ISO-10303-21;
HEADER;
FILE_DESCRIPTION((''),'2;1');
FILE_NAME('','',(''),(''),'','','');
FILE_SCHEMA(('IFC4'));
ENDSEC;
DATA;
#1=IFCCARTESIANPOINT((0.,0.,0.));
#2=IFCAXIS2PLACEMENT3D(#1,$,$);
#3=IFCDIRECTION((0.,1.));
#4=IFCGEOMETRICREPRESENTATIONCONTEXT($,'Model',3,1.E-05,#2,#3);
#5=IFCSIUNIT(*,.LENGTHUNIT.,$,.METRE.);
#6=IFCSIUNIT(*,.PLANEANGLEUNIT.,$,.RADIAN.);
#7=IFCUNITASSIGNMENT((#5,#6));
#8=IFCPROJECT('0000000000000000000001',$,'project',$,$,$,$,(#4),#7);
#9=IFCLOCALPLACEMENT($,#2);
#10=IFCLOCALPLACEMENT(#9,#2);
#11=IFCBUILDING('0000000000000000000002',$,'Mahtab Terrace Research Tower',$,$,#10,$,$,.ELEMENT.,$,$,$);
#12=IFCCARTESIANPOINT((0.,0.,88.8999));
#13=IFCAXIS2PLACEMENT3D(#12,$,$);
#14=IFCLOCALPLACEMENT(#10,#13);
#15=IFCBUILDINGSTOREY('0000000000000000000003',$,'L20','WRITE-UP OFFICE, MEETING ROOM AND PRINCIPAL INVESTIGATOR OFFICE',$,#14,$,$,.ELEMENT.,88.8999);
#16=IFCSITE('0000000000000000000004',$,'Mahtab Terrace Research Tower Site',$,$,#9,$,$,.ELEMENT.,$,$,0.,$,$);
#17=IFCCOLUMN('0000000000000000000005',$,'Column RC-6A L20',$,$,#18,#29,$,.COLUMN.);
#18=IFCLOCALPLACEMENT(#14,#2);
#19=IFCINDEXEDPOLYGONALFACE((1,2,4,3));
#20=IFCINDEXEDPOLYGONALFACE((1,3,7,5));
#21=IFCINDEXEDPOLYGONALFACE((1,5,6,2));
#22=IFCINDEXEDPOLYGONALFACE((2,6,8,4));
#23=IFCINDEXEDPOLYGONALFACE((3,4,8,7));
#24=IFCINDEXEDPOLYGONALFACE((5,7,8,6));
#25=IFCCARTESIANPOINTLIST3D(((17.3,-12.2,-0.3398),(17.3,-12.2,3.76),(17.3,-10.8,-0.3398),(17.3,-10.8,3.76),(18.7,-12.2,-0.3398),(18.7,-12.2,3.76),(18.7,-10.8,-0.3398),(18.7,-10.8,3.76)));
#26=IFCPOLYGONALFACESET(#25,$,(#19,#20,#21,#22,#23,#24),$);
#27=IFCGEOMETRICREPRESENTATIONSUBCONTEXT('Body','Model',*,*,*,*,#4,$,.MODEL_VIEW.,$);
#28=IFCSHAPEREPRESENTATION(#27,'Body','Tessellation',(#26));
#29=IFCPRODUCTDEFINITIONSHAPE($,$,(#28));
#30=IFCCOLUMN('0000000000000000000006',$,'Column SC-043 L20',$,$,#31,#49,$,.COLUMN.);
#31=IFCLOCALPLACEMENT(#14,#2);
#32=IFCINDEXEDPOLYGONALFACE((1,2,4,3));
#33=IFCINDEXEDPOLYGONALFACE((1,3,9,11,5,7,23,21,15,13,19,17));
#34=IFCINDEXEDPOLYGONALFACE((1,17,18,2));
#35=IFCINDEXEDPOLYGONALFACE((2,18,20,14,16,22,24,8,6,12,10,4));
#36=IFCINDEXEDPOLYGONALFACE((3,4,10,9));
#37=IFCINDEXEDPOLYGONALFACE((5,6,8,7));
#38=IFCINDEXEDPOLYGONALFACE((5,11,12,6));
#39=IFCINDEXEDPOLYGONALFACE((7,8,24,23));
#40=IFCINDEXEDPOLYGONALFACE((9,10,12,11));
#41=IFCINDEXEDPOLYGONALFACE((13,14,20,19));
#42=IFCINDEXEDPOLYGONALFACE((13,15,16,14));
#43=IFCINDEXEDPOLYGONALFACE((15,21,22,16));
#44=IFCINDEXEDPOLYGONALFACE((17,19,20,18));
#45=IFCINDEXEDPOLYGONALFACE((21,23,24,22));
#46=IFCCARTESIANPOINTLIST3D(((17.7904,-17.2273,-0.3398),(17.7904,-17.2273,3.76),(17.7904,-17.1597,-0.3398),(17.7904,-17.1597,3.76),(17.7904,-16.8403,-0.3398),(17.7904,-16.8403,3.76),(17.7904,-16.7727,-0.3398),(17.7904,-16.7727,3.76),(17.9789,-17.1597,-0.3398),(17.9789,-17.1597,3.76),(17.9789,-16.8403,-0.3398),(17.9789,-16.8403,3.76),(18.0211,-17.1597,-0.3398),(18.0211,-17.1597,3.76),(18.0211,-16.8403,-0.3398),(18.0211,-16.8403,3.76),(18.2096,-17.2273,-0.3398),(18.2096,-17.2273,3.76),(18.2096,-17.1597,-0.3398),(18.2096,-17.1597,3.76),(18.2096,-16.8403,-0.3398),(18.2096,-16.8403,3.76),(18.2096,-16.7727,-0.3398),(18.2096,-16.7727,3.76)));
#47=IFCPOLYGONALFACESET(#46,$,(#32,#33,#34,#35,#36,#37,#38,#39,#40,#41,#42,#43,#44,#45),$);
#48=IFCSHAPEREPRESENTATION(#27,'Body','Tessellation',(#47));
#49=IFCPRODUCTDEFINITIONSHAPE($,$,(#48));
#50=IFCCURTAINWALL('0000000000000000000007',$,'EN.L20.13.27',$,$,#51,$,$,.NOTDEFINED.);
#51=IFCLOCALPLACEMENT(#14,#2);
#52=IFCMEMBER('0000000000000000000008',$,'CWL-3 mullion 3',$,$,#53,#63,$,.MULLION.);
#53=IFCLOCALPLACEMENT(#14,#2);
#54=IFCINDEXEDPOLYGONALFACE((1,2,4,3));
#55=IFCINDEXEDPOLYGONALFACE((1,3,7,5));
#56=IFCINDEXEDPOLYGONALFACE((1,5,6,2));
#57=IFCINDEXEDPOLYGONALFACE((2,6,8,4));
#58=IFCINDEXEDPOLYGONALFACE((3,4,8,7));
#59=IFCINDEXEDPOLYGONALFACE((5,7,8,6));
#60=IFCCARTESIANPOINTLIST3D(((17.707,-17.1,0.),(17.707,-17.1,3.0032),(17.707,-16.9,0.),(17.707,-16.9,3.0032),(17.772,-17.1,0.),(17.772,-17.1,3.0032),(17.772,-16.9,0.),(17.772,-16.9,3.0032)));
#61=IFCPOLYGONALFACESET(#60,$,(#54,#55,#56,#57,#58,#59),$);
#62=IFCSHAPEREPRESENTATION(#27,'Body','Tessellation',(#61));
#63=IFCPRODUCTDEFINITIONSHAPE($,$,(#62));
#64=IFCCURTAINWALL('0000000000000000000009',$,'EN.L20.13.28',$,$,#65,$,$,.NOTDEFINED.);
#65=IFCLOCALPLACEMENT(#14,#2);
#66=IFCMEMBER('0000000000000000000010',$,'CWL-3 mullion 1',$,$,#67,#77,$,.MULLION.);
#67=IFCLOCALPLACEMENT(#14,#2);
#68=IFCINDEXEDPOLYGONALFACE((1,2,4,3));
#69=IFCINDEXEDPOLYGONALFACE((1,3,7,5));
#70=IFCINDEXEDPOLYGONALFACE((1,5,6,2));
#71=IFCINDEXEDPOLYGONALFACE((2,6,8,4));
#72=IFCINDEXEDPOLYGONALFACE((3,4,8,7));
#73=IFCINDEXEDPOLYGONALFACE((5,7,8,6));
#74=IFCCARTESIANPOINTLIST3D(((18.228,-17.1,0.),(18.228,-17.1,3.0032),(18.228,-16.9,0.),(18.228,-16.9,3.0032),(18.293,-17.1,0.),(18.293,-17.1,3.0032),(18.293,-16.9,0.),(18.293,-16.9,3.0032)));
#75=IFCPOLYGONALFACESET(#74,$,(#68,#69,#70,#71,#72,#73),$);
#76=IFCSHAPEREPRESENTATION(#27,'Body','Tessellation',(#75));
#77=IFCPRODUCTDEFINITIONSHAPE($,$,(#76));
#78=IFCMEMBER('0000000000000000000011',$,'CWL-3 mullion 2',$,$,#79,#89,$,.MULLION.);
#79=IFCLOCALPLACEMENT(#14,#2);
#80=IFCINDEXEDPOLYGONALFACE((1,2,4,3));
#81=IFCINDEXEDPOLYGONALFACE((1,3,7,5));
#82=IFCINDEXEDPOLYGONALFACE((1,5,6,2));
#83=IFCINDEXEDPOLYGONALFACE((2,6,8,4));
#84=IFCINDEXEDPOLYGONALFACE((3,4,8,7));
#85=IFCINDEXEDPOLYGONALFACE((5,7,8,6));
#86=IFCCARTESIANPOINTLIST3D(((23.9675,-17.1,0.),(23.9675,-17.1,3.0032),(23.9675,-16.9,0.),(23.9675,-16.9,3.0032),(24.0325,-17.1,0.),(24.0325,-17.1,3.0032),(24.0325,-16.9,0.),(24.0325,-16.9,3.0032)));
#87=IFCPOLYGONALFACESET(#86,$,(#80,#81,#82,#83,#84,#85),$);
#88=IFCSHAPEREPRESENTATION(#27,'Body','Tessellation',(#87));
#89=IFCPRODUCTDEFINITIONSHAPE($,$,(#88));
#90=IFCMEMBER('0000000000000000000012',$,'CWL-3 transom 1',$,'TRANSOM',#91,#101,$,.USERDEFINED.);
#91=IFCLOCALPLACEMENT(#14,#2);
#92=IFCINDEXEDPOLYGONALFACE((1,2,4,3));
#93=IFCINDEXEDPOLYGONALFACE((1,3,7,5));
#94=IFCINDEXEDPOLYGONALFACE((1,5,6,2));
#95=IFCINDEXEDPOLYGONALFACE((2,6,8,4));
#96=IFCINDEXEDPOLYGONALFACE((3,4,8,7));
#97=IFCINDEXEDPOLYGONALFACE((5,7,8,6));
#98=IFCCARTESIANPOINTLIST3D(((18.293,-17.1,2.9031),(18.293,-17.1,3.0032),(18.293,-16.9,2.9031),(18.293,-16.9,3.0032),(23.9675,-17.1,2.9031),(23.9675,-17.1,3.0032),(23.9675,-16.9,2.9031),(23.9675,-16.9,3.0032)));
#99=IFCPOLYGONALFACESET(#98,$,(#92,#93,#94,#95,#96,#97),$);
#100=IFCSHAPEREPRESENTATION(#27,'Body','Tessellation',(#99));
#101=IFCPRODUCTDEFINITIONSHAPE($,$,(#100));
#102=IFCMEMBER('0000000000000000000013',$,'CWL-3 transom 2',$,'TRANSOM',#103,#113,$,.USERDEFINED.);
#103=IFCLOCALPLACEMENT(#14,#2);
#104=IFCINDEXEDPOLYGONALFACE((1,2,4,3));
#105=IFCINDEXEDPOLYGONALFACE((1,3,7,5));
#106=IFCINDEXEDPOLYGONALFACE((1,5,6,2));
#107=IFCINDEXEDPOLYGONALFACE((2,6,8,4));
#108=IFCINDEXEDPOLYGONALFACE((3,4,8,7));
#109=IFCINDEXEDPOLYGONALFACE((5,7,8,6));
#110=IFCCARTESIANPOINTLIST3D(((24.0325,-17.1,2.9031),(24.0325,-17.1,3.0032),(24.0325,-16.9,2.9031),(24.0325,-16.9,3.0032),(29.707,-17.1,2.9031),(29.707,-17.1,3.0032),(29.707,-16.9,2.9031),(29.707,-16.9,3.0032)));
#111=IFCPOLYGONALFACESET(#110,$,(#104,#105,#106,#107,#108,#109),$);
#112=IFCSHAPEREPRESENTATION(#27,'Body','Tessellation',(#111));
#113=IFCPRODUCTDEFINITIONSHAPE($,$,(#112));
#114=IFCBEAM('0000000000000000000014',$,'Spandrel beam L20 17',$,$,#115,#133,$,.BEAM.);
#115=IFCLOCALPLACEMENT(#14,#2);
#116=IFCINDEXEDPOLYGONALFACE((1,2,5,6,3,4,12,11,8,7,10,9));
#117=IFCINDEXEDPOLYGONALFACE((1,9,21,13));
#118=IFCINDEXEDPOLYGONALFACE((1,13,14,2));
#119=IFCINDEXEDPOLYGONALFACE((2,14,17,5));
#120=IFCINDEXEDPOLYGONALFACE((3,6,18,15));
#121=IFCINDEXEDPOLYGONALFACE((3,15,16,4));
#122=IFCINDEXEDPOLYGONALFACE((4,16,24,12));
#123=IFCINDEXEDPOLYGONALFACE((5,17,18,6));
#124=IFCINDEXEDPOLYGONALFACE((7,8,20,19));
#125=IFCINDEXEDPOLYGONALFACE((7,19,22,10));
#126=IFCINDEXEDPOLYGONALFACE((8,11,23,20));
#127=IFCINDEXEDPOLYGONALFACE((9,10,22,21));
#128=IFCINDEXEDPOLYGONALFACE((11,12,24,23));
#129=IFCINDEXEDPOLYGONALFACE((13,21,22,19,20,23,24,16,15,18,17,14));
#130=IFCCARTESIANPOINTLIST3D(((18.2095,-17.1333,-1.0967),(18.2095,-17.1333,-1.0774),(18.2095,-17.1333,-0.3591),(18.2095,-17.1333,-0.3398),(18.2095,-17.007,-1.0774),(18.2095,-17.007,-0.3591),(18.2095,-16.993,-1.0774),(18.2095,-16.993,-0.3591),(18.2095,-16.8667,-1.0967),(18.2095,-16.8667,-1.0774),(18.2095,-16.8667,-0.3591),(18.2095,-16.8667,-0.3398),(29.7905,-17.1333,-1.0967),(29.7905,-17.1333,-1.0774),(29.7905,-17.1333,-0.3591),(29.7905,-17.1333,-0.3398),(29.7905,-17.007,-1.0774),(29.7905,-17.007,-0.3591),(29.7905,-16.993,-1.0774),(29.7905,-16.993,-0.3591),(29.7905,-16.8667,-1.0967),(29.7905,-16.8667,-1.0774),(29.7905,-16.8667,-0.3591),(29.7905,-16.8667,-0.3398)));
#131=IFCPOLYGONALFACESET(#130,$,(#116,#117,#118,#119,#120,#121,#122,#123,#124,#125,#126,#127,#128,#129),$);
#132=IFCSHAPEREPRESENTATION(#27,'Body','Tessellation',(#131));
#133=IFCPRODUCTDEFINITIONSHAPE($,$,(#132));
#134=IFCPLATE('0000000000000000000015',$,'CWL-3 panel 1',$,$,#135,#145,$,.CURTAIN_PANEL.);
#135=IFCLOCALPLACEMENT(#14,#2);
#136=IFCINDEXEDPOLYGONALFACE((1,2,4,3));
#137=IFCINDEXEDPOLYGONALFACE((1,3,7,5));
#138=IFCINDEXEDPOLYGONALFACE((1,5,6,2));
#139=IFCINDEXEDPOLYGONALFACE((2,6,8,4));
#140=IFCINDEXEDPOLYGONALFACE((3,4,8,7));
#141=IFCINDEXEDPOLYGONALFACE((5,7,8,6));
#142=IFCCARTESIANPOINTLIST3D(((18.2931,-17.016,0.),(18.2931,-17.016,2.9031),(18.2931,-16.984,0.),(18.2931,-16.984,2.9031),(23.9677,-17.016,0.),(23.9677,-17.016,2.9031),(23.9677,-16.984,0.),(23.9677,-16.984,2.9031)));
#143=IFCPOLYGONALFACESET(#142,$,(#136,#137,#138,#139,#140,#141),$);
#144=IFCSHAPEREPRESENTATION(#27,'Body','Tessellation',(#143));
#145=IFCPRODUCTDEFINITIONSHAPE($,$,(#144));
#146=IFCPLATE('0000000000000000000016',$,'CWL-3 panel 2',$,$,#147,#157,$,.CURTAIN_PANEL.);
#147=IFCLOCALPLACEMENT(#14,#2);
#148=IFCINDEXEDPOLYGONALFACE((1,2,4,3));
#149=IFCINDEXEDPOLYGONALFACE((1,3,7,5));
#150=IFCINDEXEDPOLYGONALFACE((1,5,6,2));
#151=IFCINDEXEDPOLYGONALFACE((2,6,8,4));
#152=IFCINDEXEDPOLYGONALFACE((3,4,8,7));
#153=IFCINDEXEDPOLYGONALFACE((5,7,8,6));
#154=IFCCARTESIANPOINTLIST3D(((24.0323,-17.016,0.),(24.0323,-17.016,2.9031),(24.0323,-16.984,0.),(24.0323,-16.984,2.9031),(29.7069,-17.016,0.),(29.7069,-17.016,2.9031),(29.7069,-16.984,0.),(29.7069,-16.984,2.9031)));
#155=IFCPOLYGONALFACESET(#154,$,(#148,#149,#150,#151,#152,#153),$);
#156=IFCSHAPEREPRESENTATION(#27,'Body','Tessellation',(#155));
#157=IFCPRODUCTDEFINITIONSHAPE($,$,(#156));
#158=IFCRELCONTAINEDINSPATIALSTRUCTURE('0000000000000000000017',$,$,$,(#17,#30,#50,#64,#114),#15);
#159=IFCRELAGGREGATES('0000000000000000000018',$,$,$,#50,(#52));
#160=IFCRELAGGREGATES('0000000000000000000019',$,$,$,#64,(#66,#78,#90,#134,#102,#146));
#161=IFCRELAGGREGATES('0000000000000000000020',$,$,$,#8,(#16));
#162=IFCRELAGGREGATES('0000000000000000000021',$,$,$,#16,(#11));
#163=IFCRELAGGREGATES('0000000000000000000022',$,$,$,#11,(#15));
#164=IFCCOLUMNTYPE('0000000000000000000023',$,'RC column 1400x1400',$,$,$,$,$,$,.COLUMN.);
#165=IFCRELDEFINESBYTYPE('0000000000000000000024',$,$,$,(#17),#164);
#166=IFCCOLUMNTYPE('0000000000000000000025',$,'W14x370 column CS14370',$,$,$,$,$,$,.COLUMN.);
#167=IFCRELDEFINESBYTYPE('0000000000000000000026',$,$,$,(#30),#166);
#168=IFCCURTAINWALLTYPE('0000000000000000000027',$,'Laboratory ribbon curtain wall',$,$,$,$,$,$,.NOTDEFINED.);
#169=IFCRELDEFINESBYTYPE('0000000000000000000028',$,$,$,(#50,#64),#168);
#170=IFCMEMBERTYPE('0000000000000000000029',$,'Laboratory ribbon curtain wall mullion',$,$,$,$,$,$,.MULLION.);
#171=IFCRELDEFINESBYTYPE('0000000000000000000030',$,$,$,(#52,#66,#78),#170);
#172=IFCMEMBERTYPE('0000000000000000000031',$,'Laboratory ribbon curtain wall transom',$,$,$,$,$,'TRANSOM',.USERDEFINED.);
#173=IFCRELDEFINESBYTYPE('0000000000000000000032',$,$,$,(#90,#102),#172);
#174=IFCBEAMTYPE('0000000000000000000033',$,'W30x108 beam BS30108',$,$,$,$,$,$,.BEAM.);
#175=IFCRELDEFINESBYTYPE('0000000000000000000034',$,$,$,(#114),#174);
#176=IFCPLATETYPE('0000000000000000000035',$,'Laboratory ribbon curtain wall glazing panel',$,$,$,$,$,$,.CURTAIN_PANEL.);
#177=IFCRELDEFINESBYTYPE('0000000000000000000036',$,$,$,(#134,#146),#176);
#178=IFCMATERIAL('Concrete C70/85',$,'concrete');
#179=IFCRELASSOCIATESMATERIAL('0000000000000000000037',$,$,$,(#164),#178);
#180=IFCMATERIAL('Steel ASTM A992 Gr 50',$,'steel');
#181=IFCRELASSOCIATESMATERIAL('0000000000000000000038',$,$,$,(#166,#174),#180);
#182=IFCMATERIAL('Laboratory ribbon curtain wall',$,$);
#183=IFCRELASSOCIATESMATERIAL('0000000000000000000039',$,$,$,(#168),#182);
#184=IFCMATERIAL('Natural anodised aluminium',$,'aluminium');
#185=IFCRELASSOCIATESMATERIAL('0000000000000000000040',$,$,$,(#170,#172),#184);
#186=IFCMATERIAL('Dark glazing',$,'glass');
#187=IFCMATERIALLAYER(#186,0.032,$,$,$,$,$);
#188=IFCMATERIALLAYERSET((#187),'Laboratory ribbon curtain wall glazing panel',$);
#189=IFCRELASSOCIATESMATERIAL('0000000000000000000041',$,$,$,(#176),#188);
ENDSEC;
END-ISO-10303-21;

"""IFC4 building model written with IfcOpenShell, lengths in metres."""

from ifc_helpers import new_model, si_unit, direction, frame, origin, origin_2d, place, context, subcontext, project, spatial, rectangle, i_section, extrude, material, layer, layer_set, material_profile, profile_set, type_object, element, aggregate, save


model = new_model("IFC4")

# Units and contexts
model_context = context("Model", 3, precision=1e-05, world=origin(), true_north=direction((0.0, 1.0)))
body_context = subcontext(model_context, "Body", "Model", "MODEL_VIEW")
ifc_project = project(units=[si_unit("LENGTHUNIT", "METRE"), si_unit("PLANEANGLEUNIT", "RADIAN")], contexts=[model_context])

# Site, building, storey
site_placement = place(None, origin())
site = spatial("IfcSite", under=ifc_project, at=site_placement, Name="Mahtab Terrace Research Tower Site", CompositionType="ELEMENT", RefElevation=0.0)
building_placement = place(site_placement, origin())
building = spatial("IfcBuilding", under=site, at=building_placement, Name="Mahtab Terrace Research Tower", CompositionType="ELEMENT")
storey_placement = place(building_placement, frame((0.0, 0.0, 88.8999)))
storey = spatial("IfcBuildingStorey", under=building, at=storey_placement, Name="L20", Description="WRITE-UP OFFICE, MEETING ROOM AND PRINCIPAL INVESTIGATOR OFFICE", CompositionType="ELEMENT", Elevation=88.8999)

# Columns
ifc_material_1 = material(Name="Concrete C70/85", Category="concrete")
ifc_material_profile_1 = material_profile(ifc_material_1, rectangle(XDim=1.3999, YDim=1.3999, at=origin_2d()), Name="RC column 1400x1400")
ifc_profile_set_1 = profile_set([ifc_material_profile_1], Name="Concrete C70/85")
column_type_1 = type_object("IfcColumnType", Name="RC column 1400x1400", PredefinedType="COLUMN", material=ifc_profile_set_1)
column_1_placement = place(storey_placement, frame((18.0, -11.5, -0.3398), z_axis=(0.0, 0.0, 1.0), x_axis=(1.0, 0.0, 0.0)))
element("IfcColumn", 1, at=column_1_placement, inside=storey, type_object=column_type_1, Name="Column RC-6A L20", PredefinedType="COLUMN", context=body_context, shape_type="SweptSolid", body=[
    extrude(rectangle(XDim=1.3999, YDim=1.3999, at=origin_2d()), origin(), (0.0, 0.0, 1.0), 4.0999),
])
ifc_material_2 = material(Name="Steel ASTM A992 Gr 50", Category="steel")
ifc_material_profile_2 = material_profile(ifc_material_2, i_section(OverallWidth=0.4192, OverallDepth=0.4546, WebThickness=0.0422, FlangeThickness=0.0676, at=origin_2d()), Name="W14X370")
ifc_profile_set_2 = profile_set([ifc_material_profile_2], Name="Steel ASTM A992 Gr 50")
column_type_2 = type_object("IfcColumnType", Name="W14x370 column CS14370", PredefinedType="COLUMN", material=ifc_profile_set_2)
column_2_placement = place(storey_placement, frame((18.0, -17.0, -0.3398), z_axis=(0.0, 0.0, 1.0), x_axis=(1.0, 0.0, 0.0)))
element("IfcColumn", 2, at=column_2_placement, inside=storey, type_object=column_type_2, Name="Column SC-043 L20", PredefinedType="COLUMN", context=body_context, shape_type="SweptSolid", body=[
    extrude(i_section(OverallWidth=0.4192, OverallDepth=0.4546, WebThickness=0.0422, FlangeThickness=0.0676, at=origin_2d()), origin(), (0.0, 0.0, 1.0), 4.0999),
])

# Curtain wall, member
ifc_material_3 = material(Name="Laboratory ribbon curtain wall")
curtain_wall_type = type_object("IfcCurtainWallType", Name="Laboratory ribbon curtain wall", PredefinedType="NOTDEFINED", material=ifc_material_3)
curtain_wall_1_placement = place(storey_placement, origin())
curtain_wall_1 = element("IfcCurtainWall", 3, at=curtain_wall_1_placement, inside=storey, type_object=curtain_wall_type, Name="EN.L20.13.27", PredefinedType="NOTDEFINED")
ifc_material_4 = material(Name="Natural anodised aluminium", Category="aluminium")
ifc_material_profile_3 = material_profile(ifc_material_4, rectangle(XDim=0.2, YDim=0.0649, at=origin_2d()), Name="MULLION 65x200")
ifc_profile_set_3 = profile_set([ifc_material_profile_3], Name="Natural anodised aluminium")
member_type_1 = type_object("IfcMemberType", Name="Laboratory ribbon curtain wall mullion", PredefinedType="MULLION", material=ifc_profile_set_3)
member_1_placement = place(storey_placement, frame((17.7395, -17.0, 0.0), z_axis=(0.0, 0.0, 1.0), x_axis=(0.0, 1.0, 0.0)))
member_1 = element("IfcMember", 4, at=member_1_placement, type_object=member_type_1, Name="CWL-3 mullion 3", PredefinedType="MULLION", context=body_context, shape_type="SweptSolid", body=[
    extrude(rectangle(XDim=0.2, YDim=0.0649, at=origin_2d()), origin(), (0.0, 0.0, 1.0), 3.0032),
])
aggregate(curtain_wall_1, [member_1])

# Curtain wall, members
curtain_wall_2_placement = place(storey_placement, origin())
curtain_wall_2 = element("IfcCurtainWall", 5, at=curtain_wall_2_placement, inside=storey, type_object=curtain_wall_type, Name="EN.L20.13.28", PredefinedType="NOTDEFINED")
member_2_placement = place(storey_placement, frame((18.2605, -17.0, 0.0), z_axis=(0.0, 0.0, 1.0), x_axis=(0.0, 1.0, 0.0)))
member_2 = element("IfcMember", 6, at=member_2_placement, type_object=member_type_1, Name="CWL-3 mullion 1", PredefinedType="MULLION", context=body_context, shape_type="SweptSolid", body=[
    extrude(rectangle(XDim=0.2, YDim=0.0649, at=origin_2d()), origin(), (0.0, 0.0, 1.0), 3.0032),
])
member_3_placement = place(storey_placement, frame((24.0, -17.0, 0.0), z_axis=(0.0, 0.0, 1.0), x_axis=(0.0, 1.0, 0.0)))
member_3 = element("IfcMember", 7, at=member_3_placement, type_object=member_type_1, Name="CWL-3 mullion 2", PredefinedType="MULLION", context=body_context, shape_type="SweptSolid", body=[
    extrude(rectangle(XDim=0.2, YDim=0.0649, at=origin_2d()), origin(), (0.0, 0.0, 1.0), 3.0032),
])
ifc_material_profile_4 = material_profile(ifc_material_4, rectangle(XDim=0.2, YDim=0.1001, at=origin_2d()), Name="TRANSOM 100x200")
ifc_profile_set_4 = profile_set([ifc_material_profile_4], Name="Natural anodised aluminium")
member_type_2 = type_object("IfcMemberType", Name="Laboratory ribbon curtain wall transom", ElementType="TRANSOM", PredefinedType="USERDEFINED", material=ifc_profile_set_4)
member_4_placement = place(storey_placement, frame((18.293, -17.0, 2.9531), z_axis=(1.0, 0.0, 0.0), x_axis=(0.0, 1.0, 0.0)))
member_4 = element("IfcMember", 8, at=member_4_placement, type_object=member_type_2, Name="CWL-3 transom 1", ObjectType="TRANSOM", PredefinedType="USERDEFINED", context=body_context, shape_type="SweptSolid", body=[
    extrude(rectangle(XDim=0.2, YDim=0.1001, at=origin_2d()), origin(), (0.0, 0.0, 1.0), 5.6746),
])
member_5_placement = place(storey_placement, frame((24.0325, -17.0, 2.9531), z_axis=(1.0, 0.0, 0.0), x_axis=(0.0, 1.0, 0.0)))
member_5 = element("IfcMember", 9, at=member_5_placement, type_object=member_type_2, Name="CWL-3 transom 2", ObjectType="TRANSOM", PredefinedType="USERDEFINED", context=body_context, shape_type="SweptSolid", body=[
    extrude(rectangle(XDim=0.2, YDim=0.1001, at=origin_2d()), origin(), (0.0, 0.0, 1.0), 5.6746),
])

# Beam
ifc_material_profile_5 = material_profile(ifc_material_2, i_section(OverallWidth=0.2666, OverallDepth=0.7568, WebThickness=0.0139, FlangeThickness=0.0193, at=origin_2d()), Name="W30X108")
ifc_profile_set_5 = profile_set([ifc_material_profile_5], Name="Steel ASTM A992 Gr 50")
beam_type = type_object("IfcBeamType", Name="W30x108 beam BS30108", PredefinedType="BEAM", material=ifc_profile_set_5)
beam_placement = place(storey_placement, frame((18.2095, -17.0, -0.7183), z_axis=(1.0, 0.0, 0.0), x_axis=(0.0, 1.0, 0.0)))
element("IfcBeam", 10, at=beam_placement, inside=storey, type_object=beam_type, Name="Spandrel beam L20 17", PredefinedType="BEAM", context=body_context, shape_type="SweptSolid", body=[
    extrude(i_section(OverallWidth=0.2666, OverallDepth=0.7568, WebThickness=0.0139, FlangeThickness=0.0193, at=origin_2d()), origin(), (0.0, 0.0, 1.0), 11.5811),
])

# Plates
ifc_material_5 = material(Name="Dark glazing", Category="glass")
ifc_layer_1 = layer(ifc_material_5, 0.032)
ifc_layer_set_1 = layer_set([ifc_layer_1], Name="Laboratory ribbon curtain wall glazing panel")
plate_type = type_object("IfcPlateType", Name="Laboratory ribbon curtain wall glazing panel", PredefinedType="CURTAIN_PANEL", material=ifc_layer_set_1)
plate_1_placement = place(storey_placement, frame((21.1304, -17.0, 0.0), z_axis=(0.0, 0.0, 1.0), x_axis=(1.0, 0.0, 0.0)))
plate_1 = element("IfcPlate", 11, at=plate_1_placement, type_object=plate_type, Name="CWL-3 panel 1", PredefinedType="CURTAIN_PANEL", context=body_context, shape_type="SweptSolid", body=[
    extrude(rectangle(XDim=5.6746, YDim=0.032, at=origin_2d()), origin(), (0.0, 0.0, 1.0), 2.9031),
])
plate_2_placement = place(storey_placement, frame((26.8696, -17.0, 0.0), z_axis=(0.0, 0.0, 1.0), x_axis=(1.0, 0.0, 0.0)))
plate_2 = element("IfcPlate", 12, at=plate_2_placement, type_object=plate_type, Name="CWL-3 panel 2", PredefinedType="CURTAIN_PANEL", context=body_context, shape_type="SweptSolid", body=[
    extrude(rectangle(XDim=5.6746, YDim=0.032, at=origin_2d()), origin(), (0.0, 0.0, 1.0), 2.9031),
])
aggregate(curtain_wall_2, [member_2, member_3, member_4, plate_1, member_5, plate_2])

save(model, "model.ifc")
